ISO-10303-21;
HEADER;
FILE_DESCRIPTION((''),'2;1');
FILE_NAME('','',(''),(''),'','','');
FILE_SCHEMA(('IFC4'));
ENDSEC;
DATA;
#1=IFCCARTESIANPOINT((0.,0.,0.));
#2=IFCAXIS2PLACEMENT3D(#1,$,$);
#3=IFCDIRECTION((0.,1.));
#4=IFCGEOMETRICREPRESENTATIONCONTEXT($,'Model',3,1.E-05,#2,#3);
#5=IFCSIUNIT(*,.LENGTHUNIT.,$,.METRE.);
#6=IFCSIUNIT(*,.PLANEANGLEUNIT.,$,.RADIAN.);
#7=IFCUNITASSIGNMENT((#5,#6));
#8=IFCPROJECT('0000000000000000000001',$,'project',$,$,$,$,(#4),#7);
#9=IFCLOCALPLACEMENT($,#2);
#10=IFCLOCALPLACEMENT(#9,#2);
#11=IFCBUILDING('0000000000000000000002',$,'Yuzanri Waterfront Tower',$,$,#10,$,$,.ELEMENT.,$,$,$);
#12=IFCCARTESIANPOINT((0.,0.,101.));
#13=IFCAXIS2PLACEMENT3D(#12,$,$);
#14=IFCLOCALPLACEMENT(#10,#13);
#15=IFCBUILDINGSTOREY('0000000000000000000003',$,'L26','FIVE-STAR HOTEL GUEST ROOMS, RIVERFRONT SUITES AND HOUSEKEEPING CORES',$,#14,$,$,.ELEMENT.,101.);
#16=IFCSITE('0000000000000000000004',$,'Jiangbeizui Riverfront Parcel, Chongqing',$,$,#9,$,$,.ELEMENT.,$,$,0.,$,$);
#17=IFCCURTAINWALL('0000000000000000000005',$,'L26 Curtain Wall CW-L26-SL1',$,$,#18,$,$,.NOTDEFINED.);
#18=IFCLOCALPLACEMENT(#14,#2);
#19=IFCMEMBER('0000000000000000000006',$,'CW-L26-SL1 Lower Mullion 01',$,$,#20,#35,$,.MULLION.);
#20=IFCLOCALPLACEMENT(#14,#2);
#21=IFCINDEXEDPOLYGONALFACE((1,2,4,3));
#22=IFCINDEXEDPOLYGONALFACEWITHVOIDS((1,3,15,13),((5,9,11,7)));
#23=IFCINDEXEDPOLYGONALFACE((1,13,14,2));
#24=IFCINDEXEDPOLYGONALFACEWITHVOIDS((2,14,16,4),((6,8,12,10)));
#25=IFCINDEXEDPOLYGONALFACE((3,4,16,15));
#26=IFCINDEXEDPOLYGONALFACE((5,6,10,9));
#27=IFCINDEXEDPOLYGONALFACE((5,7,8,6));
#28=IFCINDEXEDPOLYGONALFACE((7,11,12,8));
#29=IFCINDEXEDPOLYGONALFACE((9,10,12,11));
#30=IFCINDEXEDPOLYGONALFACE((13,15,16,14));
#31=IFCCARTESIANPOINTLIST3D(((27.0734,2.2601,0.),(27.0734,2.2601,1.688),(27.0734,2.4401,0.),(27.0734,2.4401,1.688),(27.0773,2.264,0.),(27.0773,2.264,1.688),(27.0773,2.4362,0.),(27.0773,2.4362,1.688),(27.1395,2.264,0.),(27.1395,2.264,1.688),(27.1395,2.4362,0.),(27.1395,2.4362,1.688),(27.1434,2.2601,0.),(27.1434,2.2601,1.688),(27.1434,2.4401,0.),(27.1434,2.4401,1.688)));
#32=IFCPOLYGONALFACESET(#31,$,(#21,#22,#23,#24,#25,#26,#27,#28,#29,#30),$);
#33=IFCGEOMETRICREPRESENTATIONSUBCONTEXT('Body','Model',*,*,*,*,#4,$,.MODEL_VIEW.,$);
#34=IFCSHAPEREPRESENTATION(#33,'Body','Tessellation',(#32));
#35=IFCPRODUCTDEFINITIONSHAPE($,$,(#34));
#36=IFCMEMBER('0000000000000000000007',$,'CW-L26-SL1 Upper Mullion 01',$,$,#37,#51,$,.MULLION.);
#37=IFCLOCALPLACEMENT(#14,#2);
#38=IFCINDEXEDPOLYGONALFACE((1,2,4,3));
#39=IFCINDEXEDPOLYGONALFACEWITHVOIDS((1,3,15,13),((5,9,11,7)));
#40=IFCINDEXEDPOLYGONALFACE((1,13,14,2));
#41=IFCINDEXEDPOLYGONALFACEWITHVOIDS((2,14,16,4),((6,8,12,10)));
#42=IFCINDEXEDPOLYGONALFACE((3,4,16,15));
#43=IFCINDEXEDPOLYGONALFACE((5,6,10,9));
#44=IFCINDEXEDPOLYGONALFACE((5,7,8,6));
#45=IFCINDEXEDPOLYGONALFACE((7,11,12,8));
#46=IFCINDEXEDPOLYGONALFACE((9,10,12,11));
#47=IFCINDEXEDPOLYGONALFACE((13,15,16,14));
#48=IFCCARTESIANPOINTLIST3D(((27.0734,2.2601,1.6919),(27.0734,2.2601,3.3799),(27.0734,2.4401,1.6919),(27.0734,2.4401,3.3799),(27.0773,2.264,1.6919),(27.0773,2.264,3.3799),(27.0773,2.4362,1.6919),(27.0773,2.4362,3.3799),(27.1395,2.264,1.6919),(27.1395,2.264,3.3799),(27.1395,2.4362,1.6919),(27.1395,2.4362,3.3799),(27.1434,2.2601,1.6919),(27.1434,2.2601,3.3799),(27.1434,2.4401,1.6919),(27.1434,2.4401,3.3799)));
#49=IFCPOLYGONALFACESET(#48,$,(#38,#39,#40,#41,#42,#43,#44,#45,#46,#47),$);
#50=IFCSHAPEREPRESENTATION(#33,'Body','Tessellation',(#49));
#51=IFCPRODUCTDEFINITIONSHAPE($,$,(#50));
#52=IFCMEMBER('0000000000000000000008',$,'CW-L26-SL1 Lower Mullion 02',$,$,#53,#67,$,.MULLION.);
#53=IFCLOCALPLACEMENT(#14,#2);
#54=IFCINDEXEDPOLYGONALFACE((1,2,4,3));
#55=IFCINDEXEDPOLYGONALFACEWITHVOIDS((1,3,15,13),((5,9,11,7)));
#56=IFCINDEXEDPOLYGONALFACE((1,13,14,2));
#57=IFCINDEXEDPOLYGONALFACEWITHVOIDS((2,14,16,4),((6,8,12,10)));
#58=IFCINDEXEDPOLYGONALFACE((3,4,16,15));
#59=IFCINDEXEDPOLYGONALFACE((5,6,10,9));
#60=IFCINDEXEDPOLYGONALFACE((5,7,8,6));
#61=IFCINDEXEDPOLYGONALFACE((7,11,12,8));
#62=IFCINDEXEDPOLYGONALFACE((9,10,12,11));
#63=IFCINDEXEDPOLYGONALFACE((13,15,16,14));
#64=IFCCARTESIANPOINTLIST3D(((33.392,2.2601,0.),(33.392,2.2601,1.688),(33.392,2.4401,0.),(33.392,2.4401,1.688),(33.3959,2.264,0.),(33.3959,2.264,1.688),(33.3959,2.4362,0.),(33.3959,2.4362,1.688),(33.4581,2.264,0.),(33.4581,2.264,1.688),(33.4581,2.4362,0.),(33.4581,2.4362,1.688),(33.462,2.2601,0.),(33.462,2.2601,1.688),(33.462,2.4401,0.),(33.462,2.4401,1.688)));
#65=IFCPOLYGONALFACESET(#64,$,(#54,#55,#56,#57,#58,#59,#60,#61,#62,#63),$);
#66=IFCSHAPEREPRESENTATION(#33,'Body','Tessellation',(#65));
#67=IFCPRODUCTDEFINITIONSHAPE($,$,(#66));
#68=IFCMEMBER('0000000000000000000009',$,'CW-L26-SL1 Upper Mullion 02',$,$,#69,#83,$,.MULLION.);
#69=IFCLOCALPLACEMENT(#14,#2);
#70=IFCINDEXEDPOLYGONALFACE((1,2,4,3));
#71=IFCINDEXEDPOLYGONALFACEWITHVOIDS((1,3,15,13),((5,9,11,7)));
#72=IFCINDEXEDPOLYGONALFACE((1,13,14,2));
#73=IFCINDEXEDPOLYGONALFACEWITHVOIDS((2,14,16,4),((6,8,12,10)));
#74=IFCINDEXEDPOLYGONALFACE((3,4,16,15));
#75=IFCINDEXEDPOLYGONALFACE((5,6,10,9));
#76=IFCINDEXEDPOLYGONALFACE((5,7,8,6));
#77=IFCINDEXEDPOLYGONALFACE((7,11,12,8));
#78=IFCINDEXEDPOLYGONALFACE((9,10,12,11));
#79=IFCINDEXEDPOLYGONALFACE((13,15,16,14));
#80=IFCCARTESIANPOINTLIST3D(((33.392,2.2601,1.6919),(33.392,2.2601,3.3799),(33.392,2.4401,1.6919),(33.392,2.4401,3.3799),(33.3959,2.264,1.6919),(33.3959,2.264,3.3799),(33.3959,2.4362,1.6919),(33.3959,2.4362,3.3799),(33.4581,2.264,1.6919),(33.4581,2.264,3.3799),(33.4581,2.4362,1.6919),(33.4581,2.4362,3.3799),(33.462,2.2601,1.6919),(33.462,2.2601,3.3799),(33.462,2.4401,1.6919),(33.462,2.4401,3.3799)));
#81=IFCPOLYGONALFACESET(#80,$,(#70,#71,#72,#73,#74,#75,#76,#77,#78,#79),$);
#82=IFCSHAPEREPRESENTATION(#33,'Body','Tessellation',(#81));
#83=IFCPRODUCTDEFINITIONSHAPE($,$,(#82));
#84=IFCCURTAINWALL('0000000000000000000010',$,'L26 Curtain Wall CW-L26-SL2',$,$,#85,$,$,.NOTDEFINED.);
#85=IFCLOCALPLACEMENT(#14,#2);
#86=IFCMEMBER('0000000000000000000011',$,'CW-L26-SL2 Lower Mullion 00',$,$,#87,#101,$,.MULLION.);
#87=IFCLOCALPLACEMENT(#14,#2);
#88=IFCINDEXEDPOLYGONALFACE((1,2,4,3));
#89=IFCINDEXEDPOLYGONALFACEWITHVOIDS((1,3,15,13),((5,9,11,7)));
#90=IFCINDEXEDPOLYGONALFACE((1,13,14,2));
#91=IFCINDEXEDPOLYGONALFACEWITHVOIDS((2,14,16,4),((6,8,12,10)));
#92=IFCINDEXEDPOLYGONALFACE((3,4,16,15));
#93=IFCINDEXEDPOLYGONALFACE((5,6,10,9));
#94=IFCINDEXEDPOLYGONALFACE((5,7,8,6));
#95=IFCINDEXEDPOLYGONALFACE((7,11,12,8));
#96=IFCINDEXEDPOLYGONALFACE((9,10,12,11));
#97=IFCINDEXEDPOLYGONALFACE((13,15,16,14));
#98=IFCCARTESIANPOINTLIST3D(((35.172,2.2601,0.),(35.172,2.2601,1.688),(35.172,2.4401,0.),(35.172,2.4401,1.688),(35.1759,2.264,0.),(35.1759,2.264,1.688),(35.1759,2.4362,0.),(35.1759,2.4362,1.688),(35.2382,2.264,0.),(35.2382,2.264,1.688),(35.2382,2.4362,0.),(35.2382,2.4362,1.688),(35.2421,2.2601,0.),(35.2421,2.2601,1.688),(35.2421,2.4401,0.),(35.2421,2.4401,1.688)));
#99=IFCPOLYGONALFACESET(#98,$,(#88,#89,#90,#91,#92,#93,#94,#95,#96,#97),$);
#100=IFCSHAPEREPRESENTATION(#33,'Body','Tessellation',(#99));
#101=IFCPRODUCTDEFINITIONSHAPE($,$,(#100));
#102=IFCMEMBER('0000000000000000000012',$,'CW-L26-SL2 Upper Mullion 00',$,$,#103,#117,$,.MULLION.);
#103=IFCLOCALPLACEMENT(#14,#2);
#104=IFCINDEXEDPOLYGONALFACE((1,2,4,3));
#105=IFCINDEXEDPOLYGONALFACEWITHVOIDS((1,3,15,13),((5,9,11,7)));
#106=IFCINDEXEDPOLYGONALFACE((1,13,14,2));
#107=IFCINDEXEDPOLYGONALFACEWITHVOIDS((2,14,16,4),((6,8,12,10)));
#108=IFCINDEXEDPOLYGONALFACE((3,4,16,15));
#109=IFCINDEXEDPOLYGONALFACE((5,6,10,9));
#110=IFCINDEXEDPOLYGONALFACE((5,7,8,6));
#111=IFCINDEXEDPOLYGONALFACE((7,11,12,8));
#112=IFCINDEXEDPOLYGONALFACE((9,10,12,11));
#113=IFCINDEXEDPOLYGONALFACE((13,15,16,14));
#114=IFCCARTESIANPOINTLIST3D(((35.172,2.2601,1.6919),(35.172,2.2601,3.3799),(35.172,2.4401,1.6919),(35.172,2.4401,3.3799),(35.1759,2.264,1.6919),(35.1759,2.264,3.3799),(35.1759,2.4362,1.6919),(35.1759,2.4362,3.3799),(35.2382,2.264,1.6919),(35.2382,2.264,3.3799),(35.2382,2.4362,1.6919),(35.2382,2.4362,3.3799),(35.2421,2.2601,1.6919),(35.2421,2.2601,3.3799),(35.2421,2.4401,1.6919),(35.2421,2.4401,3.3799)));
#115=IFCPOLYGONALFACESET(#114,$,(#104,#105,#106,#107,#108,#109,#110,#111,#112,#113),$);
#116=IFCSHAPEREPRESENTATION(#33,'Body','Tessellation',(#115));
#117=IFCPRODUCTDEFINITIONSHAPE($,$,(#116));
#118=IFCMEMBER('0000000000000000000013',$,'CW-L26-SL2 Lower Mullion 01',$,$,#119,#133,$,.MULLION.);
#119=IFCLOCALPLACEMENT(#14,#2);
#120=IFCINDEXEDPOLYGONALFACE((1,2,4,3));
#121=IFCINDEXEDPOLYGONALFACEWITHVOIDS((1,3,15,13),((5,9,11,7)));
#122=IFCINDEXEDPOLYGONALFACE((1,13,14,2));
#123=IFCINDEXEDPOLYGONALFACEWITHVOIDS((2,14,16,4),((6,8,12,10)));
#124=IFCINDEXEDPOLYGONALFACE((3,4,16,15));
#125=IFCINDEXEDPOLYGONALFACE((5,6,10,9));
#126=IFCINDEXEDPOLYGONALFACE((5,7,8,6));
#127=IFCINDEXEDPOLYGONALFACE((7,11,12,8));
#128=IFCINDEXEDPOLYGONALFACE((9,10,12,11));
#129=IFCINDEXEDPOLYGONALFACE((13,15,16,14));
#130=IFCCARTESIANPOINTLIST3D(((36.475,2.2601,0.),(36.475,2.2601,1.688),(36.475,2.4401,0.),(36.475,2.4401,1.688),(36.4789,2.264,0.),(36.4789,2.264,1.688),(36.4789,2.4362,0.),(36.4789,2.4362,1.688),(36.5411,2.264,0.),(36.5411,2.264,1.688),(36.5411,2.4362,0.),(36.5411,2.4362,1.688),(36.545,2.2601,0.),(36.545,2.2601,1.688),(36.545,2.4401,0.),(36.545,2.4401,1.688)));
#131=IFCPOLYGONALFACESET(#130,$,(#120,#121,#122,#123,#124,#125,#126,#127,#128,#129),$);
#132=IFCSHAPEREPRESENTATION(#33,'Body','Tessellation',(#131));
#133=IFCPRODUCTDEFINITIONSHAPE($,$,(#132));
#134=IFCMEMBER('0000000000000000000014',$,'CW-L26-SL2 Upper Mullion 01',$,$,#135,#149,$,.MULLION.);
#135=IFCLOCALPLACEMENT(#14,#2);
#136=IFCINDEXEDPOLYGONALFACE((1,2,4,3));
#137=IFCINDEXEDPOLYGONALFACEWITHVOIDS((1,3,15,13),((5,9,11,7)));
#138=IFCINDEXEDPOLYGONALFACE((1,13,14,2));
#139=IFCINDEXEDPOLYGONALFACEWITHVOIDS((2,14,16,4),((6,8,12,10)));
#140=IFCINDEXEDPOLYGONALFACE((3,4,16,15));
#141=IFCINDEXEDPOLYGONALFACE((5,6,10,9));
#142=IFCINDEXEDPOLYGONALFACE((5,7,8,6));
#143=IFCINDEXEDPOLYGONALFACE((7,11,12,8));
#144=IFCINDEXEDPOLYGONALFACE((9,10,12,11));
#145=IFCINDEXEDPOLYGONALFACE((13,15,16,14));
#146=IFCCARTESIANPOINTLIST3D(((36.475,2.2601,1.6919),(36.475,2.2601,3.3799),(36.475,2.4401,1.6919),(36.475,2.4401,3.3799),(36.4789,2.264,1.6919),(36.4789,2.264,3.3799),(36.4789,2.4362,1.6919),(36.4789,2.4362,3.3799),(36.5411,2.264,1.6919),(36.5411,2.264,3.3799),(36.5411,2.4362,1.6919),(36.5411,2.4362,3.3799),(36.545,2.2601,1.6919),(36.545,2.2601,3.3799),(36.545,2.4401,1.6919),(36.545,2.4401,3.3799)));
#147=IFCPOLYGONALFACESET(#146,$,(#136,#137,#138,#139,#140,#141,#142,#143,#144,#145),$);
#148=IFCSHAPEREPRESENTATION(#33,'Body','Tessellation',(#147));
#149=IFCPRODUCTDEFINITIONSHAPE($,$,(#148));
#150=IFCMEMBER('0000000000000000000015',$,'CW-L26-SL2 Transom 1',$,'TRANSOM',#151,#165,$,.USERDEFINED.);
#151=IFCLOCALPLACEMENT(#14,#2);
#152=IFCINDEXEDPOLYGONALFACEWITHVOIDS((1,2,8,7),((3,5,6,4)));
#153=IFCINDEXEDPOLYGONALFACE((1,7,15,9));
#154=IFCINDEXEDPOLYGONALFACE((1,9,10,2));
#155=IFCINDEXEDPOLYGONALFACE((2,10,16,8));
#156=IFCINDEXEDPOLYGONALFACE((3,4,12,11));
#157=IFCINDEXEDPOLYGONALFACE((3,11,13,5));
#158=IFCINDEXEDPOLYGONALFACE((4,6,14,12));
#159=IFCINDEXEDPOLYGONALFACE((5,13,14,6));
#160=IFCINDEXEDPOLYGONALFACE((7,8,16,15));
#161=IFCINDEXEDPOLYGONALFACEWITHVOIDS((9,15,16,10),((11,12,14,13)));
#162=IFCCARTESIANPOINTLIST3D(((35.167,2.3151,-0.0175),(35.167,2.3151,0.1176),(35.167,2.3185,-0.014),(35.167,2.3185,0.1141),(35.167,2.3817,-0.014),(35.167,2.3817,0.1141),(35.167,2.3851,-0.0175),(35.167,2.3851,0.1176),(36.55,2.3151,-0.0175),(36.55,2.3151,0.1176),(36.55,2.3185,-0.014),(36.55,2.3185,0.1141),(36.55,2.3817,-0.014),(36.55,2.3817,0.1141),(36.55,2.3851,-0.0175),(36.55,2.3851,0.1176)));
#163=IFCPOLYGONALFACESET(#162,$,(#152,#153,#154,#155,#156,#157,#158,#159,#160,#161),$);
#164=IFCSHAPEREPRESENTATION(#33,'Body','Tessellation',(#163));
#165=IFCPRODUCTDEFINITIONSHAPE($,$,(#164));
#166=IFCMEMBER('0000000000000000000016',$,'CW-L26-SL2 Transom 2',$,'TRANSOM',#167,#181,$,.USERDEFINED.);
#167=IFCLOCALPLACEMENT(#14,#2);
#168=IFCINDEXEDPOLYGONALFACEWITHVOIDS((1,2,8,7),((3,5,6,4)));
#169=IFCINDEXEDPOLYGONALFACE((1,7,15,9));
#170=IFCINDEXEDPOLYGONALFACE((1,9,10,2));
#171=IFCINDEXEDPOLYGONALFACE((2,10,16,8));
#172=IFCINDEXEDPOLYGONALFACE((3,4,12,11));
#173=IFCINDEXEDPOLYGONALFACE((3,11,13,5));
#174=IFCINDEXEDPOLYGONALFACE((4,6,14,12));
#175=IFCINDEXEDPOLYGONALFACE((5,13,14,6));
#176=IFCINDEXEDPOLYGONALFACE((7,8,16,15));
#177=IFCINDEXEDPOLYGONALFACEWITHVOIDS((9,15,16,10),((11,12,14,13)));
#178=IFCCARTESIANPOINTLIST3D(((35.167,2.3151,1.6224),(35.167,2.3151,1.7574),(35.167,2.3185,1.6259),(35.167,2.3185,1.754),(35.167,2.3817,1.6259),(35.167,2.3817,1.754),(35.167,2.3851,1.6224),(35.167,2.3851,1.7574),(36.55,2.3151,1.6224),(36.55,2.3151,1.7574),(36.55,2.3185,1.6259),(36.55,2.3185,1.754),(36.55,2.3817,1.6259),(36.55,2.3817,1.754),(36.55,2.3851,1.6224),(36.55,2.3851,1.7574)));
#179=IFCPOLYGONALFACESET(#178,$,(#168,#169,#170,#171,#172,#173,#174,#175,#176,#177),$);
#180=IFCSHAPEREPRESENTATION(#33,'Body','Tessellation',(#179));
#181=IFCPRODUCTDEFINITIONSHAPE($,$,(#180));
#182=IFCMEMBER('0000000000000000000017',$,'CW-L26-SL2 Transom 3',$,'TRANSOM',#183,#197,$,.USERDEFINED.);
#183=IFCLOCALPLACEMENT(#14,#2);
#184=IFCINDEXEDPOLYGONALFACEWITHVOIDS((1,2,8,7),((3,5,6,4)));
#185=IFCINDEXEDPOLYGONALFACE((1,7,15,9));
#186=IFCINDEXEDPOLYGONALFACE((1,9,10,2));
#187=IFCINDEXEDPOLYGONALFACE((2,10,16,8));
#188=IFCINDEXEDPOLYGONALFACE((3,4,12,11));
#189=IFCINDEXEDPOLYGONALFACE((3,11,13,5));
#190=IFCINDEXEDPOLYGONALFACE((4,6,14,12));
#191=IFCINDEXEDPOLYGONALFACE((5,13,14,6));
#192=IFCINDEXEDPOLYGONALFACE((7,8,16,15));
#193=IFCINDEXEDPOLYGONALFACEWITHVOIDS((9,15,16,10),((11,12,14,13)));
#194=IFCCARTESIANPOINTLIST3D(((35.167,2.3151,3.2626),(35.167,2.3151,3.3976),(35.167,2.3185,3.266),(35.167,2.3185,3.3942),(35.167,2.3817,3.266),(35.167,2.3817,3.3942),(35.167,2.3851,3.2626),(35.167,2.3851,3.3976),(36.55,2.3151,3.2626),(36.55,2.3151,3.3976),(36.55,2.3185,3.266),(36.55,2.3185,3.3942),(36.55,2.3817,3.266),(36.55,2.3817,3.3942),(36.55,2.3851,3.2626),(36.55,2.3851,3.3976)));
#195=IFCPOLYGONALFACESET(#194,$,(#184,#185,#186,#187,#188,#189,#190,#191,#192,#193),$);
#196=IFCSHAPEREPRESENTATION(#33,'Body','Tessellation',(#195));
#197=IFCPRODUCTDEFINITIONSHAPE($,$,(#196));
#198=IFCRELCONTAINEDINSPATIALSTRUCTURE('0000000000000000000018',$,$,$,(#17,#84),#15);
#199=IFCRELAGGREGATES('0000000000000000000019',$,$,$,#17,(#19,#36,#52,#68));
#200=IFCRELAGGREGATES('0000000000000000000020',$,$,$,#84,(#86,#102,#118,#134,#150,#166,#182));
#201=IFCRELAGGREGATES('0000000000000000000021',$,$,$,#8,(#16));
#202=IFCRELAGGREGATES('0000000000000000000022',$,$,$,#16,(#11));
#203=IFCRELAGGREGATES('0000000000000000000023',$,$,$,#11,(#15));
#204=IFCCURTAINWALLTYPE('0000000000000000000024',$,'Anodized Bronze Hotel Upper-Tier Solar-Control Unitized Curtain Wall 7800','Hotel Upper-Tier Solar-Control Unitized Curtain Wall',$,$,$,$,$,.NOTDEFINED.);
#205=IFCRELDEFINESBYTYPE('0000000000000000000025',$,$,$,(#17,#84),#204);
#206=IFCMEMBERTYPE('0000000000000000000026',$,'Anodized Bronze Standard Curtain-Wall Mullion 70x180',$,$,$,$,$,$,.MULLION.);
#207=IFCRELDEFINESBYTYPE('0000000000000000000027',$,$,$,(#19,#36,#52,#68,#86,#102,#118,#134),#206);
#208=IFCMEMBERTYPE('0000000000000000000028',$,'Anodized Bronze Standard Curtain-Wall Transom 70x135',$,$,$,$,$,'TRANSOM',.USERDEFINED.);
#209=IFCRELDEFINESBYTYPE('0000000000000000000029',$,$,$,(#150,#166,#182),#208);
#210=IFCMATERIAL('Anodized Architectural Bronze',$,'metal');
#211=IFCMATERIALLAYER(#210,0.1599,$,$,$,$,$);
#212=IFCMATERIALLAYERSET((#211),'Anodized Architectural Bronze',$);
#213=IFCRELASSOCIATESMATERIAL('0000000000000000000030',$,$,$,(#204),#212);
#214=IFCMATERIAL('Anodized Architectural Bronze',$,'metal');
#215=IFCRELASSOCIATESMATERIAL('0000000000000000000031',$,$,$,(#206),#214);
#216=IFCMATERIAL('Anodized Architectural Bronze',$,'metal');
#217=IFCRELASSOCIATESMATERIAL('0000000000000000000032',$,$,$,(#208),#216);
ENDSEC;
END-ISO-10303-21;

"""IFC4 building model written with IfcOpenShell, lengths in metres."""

from ifc_helpers import new_model, si_unit, direction, frame, origin, origin_2d, place, context, subcontext, project, spatial, hollow_rectangle, extrude, source, transform, mapped, material, layer, layer_set, material_profile, profile_set, type_object, element, aggregate, save


model = new_model("IFC4")

# Units and contexts
model_context = context("Model", 3, precision=1e-05, world=origin(), true_north=direction((0.0, 1.0)))
body_context = subcontext(model_context, "Body", "Model", "MODEL_VIEW")
ifc_project = project(units=[si_unit("LENGTHUNIT", "METRE"), si_unit("PLANEANGLEUNIT", "RADIAN")], contexts=[model_context])

# Site, building, storey
site_placement = place(None, origin())
site = spatial("IfcSite", under=ifc_project, at=site_placement, Name="Jiangbeizui Riverfront Parcel, Chongqing", CompositionType="ELEMENT", RefElevation=0.0)
building_placement = place(site_placement, origin())
building = spatial("IfcBuilding", under=site, at=building_placement, Name="Yuzanri Waterfront Tower", CompositionType="ELEMENT")
storey_placement = place(building_placement, frame((0.0, 0.0, 101.0)))
storey = spatial("IfcBuildingStorey", under=building, at=storey_placement, Name="L26", Description="FIVE-STAR HOTEL GUEST ROOMS, RIVERFRONT SUITES AND HOUSEKEEPING CORES", CompositionType="ELEMENT", Elevation=101.0)

# Curtain walls, members
ifc_material_1 = material(Name="Anodized Architectural Bronze", Category="metal")
ifc_layer_1 = layer(ifc_material_1, 0.1599)
ifc_layer_set_1 = layer_set([ifc_layer_1], Name="Anodized Architectural Bronze")
curtain_wall_type = type_object("IfcCurtainWallType", Name="Anodized Bronze Hotel Upper-Tier Solar-Control Unitized Curtain Wall 7800", Description="Hotel Upper-Tier Solar-Control Unitized Curtain Wall", PredefinedType="NOTDEFINED", material=ifc_layer_set_1)
curtain_wall_1_placement = place(storey_placement, origin())
curtain_wall_1 = element("IfcCurtainWall", 1, at=curtain_wall_1_placement, inside=storey, type_object=curtain_wall_type, Name="L26 Curtain Wall CW-L26-SL1", PredefinedType="NOTDEFINED")
ifc_material_2 = material(Name="Anodized Architectural Bronze", Category="metal")
ifc_material_profile_1 = material_profile(ifc_material_2, hollow_rectangle(XDim=0.0701, YDim=0.1799, WallThickness=0.0039, at=origin_2d()), Name="CWM 70x180")
ifc_profile_set_1 = profile_set([ifc_material_profile_1], Name="Anodized Architectural Bronze")
member_type_1 = type_object("IfcMemberType", Name="Anodized Bronze Standard Curtain-Wall Mullion 70x180", PredefinedType="MULLION", material=ifc_profile_set_1)
shared_shape_1 = source(origin(), body_context, "Body", "SweptSolid", [
    extrude(hollow_rectangle(XDim=0.0701, YDim=0.1799, WallThickness=0.0039, at=origin_2d()), origin(), (0.0, 0.0, 1.0), 1.688),
])
member_1_placement = place(storey_placement, frame((27.1084, 2.3501, 0.0), z_axis=(0.0, 0.0, 1.0), x_axis=(1.0, 0.0, 0.0)))
member_1 = element("IfcMember", 2, at=member_1_placement, type_object=member_type_1, Name="CW-L26-SL1 Lower Mullion 01", PredefinedType="MULLION", context=body_context, shape_type="MappedRepresentation", body=[
    mapped(shared_shape_1, transform((0.0, 0.0, 0.0), scale=1.0)),
])
member_2_placement = place(storey_placement, frame((27.1084, 2.3501, 1.6919), z_axis=(0.0, 0.0, 1.0), x_axis=(1.0, 0.0, 0.0)))
member_2 = element("IfcMember", 3, at=member_2_placement, type_object=member_type_1, Name="CW-L26-SL1 Upper Mullion 01", PredefinedType="MULLION", context=body_context, shape_type="MappedRepresentation", body=[
    mapped(shared_shape_1, transform((0.0, 0.0, 0.0), scale=1.0)),
])
member_3_placement = place(storey_placement, frame((33.427, 2.3501, 0.0), z_axis=(0.0, 0.0, 1.0), x_axis=(1.0, 0.0, 0.0)))
member_3 = element("IfcMember", 4, at=member_3_placement, type_object=member_type_1, Name="CW-L26-SL1 Lower Mullion 02", PredefinedType="MULLION", context=body_context, shape_type="MappedRepresentation", body=[
    mapped(shared_shape_1, transform((0.0, 0.0, 0.0), scale=1.0)),
])
member_4_placement = place(storey_placement, frame((33.427, 2.3501, 1.6919), z_axis=(0.0, 0.0, 1.0), x_axis=(1.0, 0.0, 0.0)))
member_4 = element("IfcMember", 5, at=member_4_placement, type_object=member_type_1, Name="CW-L26-SL1 Upper Mullion 02", PredefinedType="MULLION", context=body_context, shape_type="MappedRepresentation", body=[
    mapped(shared_shape_1, transform((0.0, 0.0, 0.0), scale=1.0)),
])
curtain_wall_2_placement = place(storey_placement, origin())
curtain_wall_2 = element("IfcCurtainWall", 6, at=curtain_wall_2_placement, inside=storey, type_object=curtain_wall_type, Name="L26 Curtain Wall CW-L26-SL2", PredefinedType="NOTDEFINED")
member_5_placement = place(storey_placement, frame((35.207, 2.3501, 0.0), z_axis=(0.0, 0.0, 1.0), x_axis=(1.0, 0.0, 0.0)))
member_5 = element("IfcMember", 7, at=member_5_placement, type_object=member_type_1, Name="CW-L26-SL2 Lower Mullion 00", PredefinedType="MULLION", context=body_context, shape_type="MappedRepresentation", body=[
    mapped(shared_shape_1, transform((0.0, 0.0, 0.0), scale=1.0)),
])
member_6_placement = place(storey_placement, frame((35.207, 2.3501, 1.6919), z_axis=(0.0, 0.0, 1.0), x_axis=(1.0, 0.0, 0.0)))
member_6 = element("IfcMember", 8, at=member_6_placement, type_object=member_type_1, Name="CW-L26-SL2 Upper Mullion 00", PredefinedType="MULLION", context=body_context, shape_type="MappedRepresentation", body=[
    mapped(shared_shape_1, transform((0.0, 0.0, 0.0), scale=1.0)),
])
member_7_placement = place(storey_placement, frame((36.51, 2.3501, 0.0), z_axis=(0.0, 0.0, 1.0), x_axis=(1.0, 0.0, 0.0)))
member_7 = element("IfcMember", 9, at=member_7_placement, type_object=member_type_1, Name="CW-L26-SL2 Lower Mullion 01", PredefinedType="MULLION", context=body_context, shape_type="MappedRepresentation", body=[
    mapped(shared_shape_1, transform((0.0, 0.0, 0.0), scale=1.0)),
])
member_8_placement = place(storey_placement, frame((36.51, 2.3501, 1.6919), z_axis=(0.0, 0.0, 1.0), x_axis=(1.0, 0.0, 0.0)))
member_8 = element("IfcMember", 10, at=member_8_placement, type_object=member_type_1, Name="CW-L26-SL2 Upper Mullion 01", PredefinedType="MULLION", context=body_context, shape_type="MappedRepresentation", body=[
    mapped(shared_shape_1, transform((0.0, 0.0, 0.0), scale=1.0)),
])
ifc_material_3 = material(Name="Anodized Architectural Bronze", Category="metal")
ifc_material_profile_2 = material_profile(ifc_material_3, hollow_rectangle(XDim=0.0701, YDim=0.135, WallThickness=0.0034, at=origin_2d()), Name="CWT 70x135")
ifc_profile_set_2 = profile_set([ifc_material_profile_2], Name="Anodized Architectural Bronze")
member_type_2 = type_object("IfcMemberType", Name="Anodized Bronze Standard Curtain-Wall Transom 70x135", ElementType="TRANSOM", PredefinedType="USERDEFINED", material=ifc_profile_set_2)
shared_shape_2 = source(origin(), body_context, "Body", "SweptSolid", [
    extrude(hollow_rectangle(XDim=0.0701, YDim=0.135, WallThickness=0.0034, at=origin_2d()), origin(), (0.0, 0.0, 1.0), 1.3831),
])
member_9_placement = place(storey_placement, frame((35.167, 2.3501, 0.05), z_axis=(1.0, 0.0, 0.0), x_axis=(0.0, 1.0, 0.0)))
member_9 = element("IfcMember", 11, at=member_9_placement, type_object=member_type_2, Name="CW-L26-SL2 Transom 1", ObjectType="TRANSOM", PredefinedType="USERDEFINED", context=body_context, shape_type="MappedRepresentation", body=[
    mapped(shared_shape_2, transform((0.0, 0.0, 0.0), scale=1.0)),
])
member_10_placement = place(storey_placement, frame((35.167, 2.3501, 1.6899), z_axis=(1.0, 0.0, 0.0), x_axis=(0.0, 1.0, 0.0)))
member_10 = element("IfcMember", 12, at=member_10_placement, type_object=member_type_2, Name="CW-L26-SL2 Transom 2", ObjectType="TRANSOM", PredefinedType="USERDEFINED", context=body_context, shape_type="MappedRepresentation", body=[
    mapped(shared_shape_2, transform((0.0, 0.0, 0.0), scale=1.0)),
])
member_11_placement = place(storey_placement, frame((35.167, 2.3501, 3.3301), z_axis=(1.0, 0.0, 0.0), x_axis=(0.0, 1.0, 0.0)))
member_11 = element("IfcMember", 13, at=member_11_placement, type_object=member_type_2, Name="CW-L26-SL2 Transom 3", ObjectType="TRANSOM", PredefinedType="USERDEFINED", context=body_context, shape_type="MappedRepresentation", body=[
    mapped(shared_shape_2, transform((0.0, 0.0, 0.0), scale=1.0)),
])

aggregate(curtain_wall_1, [member_1, member_2, member_3, member_4])
aggregate(curtain_wall_2, [member_5, member_6, member_7, member_8, member_9, member_10, member_11])

save(model, "model.ifc")
